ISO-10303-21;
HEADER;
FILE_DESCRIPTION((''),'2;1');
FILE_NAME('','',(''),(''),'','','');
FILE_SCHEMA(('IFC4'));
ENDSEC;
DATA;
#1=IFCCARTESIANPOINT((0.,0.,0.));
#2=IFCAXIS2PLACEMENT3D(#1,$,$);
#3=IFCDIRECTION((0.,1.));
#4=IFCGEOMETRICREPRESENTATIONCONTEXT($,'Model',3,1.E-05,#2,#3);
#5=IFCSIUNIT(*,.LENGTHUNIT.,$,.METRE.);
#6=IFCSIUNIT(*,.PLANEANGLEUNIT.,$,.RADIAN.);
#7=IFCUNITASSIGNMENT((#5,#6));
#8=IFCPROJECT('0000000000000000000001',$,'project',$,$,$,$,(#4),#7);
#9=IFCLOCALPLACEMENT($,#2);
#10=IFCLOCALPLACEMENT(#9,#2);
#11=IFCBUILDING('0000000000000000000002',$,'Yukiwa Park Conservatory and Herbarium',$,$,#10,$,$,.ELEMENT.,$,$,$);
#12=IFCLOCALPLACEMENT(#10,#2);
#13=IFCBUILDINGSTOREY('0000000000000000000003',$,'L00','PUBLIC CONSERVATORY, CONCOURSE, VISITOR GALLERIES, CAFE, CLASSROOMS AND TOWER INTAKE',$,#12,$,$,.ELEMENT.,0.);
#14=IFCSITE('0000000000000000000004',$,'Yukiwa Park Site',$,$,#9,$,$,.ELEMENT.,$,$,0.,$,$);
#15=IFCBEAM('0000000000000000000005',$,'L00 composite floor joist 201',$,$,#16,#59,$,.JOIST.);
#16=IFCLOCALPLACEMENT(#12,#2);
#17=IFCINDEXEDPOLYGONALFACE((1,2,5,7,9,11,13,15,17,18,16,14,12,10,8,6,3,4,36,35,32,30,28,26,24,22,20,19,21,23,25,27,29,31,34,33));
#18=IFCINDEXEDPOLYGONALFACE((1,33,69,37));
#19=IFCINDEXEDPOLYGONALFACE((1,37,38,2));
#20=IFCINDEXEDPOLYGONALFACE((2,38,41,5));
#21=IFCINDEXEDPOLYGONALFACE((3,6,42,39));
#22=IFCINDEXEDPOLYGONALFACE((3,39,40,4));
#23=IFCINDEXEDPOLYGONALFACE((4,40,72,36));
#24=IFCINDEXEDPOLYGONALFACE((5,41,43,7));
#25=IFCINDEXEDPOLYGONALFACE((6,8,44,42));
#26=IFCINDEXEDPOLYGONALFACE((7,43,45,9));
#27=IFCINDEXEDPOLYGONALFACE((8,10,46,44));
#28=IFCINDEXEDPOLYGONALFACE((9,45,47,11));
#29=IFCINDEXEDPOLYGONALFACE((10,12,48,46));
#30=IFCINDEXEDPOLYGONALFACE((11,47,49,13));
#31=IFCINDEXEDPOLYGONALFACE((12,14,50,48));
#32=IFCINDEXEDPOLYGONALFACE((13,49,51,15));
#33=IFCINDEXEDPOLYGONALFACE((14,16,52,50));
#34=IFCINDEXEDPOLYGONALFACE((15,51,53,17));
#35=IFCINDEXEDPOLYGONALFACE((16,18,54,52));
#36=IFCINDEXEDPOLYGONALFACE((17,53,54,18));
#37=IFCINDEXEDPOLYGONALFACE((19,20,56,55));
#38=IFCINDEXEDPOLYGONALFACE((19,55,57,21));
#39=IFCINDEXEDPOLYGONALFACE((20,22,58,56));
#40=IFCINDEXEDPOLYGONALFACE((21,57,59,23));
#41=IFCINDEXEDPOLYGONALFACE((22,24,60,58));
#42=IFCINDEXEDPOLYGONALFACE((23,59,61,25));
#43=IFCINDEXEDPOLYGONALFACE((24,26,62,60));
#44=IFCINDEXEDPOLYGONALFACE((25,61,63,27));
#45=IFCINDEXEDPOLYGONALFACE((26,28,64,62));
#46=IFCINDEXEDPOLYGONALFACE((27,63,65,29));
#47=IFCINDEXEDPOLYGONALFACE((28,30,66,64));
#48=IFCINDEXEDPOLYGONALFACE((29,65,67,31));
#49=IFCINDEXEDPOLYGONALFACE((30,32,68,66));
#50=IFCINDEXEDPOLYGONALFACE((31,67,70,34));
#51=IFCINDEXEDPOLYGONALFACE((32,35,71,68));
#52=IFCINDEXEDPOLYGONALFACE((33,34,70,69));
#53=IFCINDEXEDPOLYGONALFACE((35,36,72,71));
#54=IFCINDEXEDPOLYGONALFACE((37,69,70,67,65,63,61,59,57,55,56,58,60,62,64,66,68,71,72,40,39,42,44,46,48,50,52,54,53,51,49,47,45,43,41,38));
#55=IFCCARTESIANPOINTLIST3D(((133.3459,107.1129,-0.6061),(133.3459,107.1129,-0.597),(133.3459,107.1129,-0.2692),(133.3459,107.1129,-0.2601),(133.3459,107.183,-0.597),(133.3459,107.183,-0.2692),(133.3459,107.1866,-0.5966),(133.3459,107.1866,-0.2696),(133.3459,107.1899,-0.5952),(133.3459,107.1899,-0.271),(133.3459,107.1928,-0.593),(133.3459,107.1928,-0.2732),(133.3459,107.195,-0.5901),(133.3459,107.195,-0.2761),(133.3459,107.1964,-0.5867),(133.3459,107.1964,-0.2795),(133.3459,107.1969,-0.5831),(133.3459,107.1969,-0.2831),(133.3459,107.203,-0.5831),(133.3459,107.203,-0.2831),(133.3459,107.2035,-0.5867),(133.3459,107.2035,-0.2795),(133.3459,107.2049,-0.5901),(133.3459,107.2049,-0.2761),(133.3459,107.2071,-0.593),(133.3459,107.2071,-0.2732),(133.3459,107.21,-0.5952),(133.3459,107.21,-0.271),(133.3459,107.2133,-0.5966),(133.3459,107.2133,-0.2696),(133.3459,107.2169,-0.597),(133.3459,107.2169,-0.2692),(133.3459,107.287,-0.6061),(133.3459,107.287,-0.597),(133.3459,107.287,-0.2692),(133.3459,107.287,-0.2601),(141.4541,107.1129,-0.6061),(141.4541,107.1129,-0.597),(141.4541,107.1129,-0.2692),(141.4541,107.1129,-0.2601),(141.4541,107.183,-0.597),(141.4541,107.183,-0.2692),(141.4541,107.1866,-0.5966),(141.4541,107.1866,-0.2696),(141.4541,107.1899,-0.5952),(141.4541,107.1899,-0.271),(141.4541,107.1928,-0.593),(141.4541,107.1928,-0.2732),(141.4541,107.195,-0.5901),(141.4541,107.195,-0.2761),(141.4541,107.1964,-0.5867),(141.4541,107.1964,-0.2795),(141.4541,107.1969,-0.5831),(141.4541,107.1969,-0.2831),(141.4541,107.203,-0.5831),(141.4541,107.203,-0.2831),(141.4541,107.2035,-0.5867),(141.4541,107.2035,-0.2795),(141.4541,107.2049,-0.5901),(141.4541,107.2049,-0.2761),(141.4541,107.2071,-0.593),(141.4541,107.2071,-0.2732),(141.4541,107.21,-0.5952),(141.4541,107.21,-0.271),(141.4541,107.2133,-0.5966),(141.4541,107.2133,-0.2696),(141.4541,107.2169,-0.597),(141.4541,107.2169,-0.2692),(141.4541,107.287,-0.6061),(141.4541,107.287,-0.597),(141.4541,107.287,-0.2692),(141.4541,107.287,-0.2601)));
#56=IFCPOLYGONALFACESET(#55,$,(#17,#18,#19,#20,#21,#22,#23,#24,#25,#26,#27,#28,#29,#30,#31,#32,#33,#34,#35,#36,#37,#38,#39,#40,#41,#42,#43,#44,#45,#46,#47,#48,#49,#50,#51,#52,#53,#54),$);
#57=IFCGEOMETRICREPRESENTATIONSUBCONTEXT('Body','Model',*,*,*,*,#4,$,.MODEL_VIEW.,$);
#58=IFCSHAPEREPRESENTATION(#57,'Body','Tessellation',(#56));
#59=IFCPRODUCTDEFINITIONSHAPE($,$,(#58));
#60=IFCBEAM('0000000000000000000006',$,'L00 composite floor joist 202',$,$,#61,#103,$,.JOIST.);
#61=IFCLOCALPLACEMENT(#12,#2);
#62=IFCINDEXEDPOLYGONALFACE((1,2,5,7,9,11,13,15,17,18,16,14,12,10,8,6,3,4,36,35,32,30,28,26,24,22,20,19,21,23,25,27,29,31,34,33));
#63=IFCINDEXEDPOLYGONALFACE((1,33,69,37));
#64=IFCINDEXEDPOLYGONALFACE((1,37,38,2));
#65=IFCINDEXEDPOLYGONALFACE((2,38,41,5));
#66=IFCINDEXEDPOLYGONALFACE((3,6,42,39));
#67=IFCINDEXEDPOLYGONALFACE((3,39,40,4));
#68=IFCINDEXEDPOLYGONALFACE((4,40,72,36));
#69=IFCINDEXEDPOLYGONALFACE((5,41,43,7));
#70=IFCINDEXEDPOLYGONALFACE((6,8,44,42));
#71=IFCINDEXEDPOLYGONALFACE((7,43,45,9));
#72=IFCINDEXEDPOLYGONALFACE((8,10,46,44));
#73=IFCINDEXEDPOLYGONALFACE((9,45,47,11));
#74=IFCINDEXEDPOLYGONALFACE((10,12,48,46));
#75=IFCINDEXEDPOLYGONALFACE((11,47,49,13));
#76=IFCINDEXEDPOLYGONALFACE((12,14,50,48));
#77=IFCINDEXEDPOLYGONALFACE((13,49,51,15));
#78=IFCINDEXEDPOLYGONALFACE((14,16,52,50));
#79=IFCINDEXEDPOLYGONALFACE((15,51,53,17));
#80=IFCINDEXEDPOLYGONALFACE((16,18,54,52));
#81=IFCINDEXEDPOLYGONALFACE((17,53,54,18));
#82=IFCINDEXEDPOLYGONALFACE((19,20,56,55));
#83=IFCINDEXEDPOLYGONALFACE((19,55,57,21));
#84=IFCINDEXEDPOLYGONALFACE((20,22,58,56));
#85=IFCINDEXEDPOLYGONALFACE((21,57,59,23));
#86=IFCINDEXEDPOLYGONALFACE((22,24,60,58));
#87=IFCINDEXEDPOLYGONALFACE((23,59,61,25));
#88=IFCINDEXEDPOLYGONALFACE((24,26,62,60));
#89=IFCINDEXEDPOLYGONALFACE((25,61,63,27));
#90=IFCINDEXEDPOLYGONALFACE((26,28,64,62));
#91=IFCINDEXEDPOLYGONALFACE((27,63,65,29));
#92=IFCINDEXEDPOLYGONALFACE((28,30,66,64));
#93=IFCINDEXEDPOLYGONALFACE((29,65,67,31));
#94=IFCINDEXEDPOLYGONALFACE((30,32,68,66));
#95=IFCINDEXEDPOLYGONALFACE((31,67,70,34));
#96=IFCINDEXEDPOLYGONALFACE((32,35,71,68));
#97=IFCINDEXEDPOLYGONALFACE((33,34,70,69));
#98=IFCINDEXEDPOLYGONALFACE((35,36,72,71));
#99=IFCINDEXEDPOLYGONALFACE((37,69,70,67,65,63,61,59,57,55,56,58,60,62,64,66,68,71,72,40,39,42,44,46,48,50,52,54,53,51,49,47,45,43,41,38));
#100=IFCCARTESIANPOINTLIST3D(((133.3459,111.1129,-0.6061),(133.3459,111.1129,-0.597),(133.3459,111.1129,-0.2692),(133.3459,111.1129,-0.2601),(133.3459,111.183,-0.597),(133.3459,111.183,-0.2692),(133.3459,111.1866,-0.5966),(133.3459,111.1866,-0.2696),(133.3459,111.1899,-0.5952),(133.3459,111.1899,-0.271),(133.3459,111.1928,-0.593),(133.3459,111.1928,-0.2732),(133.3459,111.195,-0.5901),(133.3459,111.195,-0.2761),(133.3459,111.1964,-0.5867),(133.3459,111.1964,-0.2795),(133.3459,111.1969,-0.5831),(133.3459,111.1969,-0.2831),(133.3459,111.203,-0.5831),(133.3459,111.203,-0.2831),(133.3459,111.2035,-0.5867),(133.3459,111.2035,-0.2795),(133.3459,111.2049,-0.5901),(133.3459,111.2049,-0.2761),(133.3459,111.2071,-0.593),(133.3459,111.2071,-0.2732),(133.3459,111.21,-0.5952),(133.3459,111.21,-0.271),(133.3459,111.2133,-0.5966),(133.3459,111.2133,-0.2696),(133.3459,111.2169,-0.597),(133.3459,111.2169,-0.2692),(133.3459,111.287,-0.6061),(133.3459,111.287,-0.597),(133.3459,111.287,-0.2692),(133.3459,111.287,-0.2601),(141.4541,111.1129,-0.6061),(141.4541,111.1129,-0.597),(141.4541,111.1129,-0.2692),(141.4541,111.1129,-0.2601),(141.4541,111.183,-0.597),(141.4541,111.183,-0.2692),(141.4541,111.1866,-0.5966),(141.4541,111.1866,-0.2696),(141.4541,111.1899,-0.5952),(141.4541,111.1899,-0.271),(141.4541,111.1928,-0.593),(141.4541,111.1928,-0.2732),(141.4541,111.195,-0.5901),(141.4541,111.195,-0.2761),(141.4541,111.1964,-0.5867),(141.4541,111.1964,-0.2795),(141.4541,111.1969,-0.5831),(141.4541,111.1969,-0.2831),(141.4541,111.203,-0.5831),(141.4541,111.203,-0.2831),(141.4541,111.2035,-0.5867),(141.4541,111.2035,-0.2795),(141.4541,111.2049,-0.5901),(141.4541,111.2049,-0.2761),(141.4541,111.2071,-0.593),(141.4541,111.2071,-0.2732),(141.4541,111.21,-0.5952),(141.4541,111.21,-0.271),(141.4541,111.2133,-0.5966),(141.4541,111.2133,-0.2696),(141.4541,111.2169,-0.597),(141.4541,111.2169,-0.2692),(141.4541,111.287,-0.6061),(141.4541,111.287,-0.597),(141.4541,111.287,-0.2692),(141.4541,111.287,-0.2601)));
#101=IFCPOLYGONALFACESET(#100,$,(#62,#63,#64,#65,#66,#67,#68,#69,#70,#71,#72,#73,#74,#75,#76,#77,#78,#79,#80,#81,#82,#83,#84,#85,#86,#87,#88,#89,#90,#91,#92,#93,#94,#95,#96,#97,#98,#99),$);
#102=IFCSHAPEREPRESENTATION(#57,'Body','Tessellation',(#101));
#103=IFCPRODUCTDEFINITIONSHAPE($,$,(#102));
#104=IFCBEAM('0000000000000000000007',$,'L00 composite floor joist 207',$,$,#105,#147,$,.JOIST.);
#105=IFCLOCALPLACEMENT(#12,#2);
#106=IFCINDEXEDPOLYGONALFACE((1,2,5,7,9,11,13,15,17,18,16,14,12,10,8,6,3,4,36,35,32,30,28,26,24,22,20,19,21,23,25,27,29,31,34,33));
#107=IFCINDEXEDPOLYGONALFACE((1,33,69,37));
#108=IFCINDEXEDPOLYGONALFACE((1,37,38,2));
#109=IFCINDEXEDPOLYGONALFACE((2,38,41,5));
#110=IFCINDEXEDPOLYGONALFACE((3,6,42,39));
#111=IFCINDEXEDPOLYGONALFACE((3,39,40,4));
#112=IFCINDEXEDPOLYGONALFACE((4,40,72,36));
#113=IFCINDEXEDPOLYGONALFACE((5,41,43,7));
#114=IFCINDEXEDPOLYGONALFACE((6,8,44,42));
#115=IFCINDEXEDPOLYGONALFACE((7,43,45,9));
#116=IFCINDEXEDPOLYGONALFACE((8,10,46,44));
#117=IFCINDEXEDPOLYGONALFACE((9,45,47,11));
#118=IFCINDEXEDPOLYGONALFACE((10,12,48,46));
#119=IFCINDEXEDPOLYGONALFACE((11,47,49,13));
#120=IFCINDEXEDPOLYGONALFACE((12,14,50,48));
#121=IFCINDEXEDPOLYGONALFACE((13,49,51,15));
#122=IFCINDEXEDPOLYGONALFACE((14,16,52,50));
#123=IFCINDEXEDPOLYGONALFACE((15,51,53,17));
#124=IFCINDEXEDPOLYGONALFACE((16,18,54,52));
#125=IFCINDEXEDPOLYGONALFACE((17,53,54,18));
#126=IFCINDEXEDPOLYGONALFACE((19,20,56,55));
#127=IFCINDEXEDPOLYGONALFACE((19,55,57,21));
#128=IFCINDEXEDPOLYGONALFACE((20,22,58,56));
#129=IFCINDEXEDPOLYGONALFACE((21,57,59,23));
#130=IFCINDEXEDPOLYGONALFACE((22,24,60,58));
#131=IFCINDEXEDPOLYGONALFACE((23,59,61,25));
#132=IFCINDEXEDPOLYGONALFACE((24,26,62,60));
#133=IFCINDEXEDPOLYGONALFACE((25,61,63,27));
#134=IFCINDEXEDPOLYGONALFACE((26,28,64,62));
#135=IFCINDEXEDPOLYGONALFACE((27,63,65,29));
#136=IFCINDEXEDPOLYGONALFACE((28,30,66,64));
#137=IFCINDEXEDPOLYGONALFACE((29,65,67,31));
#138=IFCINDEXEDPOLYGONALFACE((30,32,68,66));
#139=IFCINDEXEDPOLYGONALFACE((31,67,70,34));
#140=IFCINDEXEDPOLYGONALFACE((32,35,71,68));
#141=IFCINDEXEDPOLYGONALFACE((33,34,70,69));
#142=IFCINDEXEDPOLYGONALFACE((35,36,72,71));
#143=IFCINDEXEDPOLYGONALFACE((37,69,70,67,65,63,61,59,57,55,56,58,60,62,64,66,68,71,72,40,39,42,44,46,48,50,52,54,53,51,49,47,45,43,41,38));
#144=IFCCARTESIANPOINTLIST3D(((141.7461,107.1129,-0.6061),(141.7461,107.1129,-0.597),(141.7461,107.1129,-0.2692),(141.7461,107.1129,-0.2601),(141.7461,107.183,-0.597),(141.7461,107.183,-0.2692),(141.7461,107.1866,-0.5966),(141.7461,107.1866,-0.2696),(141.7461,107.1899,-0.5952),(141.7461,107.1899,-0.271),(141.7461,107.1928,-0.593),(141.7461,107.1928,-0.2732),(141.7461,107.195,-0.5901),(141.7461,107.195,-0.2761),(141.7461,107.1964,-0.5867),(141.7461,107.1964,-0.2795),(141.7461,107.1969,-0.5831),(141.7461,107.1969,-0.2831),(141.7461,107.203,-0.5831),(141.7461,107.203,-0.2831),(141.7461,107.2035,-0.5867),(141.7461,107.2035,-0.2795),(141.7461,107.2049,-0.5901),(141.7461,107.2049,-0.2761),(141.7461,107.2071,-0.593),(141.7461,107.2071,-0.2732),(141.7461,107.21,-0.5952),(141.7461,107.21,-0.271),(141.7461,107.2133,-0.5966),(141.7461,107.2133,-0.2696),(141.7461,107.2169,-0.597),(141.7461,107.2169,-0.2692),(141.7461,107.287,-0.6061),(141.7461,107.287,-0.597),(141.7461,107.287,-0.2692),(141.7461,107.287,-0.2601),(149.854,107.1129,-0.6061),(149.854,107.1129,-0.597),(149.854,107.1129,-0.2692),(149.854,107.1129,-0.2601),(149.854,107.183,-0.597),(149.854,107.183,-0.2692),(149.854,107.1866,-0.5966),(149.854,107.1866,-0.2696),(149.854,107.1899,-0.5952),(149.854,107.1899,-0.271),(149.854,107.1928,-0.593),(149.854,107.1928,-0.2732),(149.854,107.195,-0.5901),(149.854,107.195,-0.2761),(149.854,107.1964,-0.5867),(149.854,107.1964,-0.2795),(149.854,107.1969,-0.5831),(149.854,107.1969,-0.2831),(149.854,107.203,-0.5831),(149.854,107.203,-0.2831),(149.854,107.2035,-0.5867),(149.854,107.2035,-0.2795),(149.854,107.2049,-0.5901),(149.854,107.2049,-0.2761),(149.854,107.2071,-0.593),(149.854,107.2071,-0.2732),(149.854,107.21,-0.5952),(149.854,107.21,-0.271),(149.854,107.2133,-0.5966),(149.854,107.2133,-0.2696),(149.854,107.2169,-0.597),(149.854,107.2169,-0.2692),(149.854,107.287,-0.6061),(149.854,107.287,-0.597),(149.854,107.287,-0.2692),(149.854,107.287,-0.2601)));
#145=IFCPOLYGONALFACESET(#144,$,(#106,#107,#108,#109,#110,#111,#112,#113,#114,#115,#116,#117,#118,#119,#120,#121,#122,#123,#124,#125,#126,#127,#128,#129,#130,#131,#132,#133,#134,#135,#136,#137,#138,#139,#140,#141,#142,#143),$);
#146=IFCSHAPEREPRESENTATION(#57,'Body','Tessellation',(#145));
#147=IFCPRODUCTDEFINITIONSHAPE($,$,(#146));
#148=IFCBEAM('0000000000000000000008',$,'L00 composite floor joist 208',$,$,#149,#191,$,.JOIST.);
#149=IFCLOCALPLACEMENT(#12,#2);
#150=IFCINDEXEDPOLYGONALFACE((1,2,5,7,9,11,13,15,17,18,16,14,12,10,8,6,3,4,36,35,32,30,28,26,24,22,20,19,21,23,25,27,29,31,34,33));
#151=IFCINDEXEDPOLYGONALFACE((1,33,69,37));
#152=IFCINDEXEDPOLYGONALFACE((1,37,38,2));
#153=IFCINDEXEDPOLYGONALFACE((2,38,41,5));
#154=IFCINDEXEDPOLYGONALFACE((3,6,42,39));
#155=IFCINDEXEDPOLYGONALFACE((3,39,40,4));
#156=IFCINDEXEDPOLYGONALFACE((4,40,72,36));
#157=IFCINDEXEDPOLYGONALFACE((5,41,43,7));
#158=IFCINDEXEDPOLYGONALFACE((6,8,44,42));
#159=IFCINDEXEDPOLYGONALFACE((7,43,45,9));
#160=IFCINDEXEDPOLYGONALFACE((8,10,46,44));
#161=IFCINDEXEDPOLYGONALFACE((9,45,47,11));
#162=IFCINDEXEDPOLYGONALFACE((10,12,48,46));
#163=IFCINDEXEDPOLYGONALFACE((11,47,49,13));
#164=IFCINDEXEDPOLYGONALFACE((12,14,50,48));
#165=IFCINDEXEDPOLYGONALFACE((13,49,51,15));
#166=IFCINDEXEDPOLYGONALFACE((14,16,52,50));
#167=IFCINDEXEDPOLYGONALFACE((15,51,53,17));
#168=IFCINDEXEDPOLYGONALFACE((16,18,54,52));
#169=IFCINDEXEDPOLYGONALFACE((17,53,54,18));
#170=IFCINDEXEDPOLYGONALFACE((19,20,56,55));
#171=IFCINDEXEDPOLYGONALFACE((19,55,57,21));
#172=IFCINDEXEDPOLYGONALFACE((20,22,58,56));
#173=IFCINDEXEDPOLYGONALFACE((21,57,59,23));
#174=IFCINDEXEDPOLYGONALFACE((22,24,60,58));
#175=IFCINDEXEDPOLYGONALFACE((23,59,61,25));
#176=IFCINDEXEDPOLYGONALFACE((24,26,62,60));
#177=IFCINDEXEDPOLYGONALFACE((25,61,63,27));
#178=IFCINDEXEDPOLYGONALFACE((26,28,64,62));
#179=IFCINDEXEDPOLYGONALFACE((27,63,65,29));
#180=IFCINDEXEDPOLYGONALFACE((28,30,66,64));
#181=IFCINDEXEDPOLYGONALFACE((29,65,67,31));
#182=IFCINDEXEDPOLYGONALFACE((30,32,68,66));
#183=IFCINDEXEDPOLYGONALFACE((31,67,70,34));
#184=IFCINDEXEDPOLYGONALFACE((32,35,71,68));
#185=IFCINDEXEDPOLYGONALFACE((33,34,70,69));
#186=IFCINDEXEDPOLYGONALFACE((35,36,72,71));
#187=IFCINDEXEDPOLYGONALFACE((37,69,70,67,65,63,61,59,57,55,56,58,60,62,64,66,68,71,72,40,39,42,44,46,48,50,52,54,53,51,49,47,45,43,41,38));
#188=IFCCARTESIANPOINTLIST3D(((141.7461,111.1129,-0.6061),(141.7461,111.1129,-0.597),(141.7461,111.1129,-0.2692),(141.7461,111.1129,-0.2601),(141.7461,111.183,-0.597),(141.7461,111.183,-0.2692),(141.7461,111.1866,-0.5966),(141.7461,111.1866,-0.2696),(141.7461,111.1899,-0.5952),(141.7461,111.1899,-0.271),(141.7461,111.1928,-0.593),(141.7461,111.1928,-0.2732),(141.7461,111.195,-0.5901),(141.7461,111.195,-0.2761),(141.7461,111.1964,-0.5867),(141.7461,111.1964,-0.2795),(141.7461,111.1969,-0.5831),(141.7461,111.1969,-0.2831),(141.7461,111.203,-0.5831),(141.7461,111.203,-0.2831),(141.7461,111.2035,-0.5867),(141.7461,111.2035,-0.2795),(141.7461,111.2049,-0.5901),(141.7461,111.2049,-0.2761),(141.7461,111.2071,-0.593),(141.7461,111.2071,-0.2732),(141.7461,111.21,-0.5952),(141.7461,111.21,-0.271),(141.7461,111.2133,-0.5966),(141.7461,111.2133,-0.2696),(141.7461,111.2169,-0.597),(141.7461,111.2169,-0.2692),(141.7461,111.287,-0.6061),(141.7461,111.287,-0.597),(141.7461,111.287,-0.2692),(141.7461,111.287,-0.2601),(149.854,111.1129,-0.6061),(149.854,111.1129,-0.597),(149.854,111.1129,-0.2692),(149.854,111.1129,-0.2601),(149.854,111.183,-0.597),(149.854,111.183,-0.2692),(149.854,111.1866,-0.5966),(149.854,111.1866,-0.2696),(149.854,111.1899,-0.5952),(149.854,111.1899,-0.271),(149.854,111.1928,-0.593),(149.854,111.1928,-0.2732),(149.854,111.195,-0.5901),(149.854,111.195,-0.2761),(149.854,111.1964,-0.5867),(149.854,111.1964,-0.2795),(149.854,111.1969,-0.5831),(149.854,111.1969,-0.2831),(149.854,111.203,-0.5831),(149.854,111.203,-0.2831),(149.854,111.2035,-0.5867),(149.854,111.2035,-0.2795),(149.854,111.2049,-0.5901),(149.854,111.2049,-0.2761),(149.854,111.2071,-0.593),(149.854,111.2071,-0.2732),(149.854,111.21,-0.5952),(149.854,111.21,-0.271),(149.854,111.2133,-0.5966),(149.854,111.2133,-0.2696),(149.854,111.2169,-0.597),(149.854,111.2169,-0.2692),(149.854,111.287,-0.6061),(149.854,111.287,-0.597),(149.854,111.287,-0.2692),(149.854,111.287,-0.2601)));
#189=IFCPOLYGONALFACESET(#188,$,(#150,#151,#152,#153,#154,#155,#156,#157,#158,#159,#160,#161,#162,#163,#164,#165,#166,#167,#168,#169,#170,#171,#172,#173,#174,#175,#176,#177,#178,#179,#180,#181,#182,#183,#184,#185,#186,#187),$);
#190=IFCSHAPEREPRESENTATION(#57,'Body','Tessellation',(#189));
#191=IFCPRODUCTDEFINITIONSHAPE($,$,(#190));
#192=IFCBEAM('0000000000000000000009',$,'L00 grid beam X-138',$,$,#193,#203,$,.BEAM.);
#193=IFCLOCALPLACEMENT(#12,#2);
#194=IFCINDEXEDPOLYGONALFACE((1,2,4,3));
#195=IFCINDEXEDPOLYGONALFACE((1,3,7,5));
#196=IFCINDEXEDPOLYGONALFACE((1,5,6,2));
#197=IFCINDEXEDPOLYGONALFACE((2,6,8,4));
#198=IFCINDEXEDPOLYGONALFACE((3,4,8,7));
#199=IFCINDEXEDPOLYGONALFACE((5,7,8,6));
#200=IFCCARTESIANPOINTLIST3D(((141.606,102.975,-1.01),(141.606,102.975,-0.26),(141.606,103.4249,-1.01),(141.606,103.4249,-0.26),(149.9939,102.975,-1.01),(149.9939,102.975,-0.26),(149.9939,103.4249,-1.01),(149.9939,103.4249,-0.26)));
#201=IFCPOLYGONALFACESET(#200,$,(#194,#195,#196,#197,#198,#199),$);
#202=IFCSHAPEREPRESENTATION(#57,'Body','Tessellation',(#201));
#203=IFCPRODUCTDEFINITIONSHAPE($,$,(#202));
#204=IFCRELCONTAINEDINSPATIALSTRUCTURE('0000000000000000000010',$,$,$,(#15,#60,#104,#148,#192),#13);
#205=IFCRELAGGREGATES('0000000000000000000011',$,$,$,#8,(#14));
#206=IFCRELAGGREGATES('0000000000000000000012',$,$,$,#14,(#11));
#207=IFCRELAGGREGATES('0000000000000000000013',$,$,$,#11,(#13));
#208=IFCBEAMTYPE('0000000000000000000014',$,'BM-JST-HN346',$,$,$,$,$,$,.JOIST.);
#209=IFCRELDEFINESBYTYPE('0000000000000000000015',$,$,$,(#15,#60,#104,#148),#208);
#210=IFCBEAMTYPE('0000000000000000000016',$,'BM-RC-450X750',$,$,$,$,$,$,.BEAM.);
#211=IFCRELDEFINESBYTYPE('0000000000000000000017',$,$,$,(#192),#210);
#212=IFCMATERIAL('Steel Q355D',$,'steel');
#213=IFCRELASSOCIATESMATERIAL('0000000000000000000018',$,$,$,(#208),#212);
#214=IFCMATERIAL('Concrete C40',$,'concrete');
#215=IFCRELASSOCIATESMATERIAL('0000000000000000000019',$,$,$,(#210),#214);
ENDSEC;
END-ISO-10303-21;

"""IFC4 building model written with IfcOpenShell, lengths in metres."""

from ifc_helpers import new_model, si_unit, direction, frame, origin, origin_2d, place, context, subcontext, project, spatial, rectangle, i_section, extrude, material, material_profile, profile_set, type_object, element, save


model = new_model("IFC4")

# Units and contexts
model_context = context("Model", 3, precision=1e-05, world=origin(), true_north=direction((0.0, 1.0)))
body_context = subcontext(model_context, "Body", "Model", "MODEL_VIEW")
ifc_project = project(units=[si_unit("LENGTHUNIT", "METRE"), si_unit("PLANEANGLEUNIT", "RADIAN")], contexts=[model_context])

# Site, building, storey
site_placement = place(None, origin())
site = spatial("IfcSite", under=ifc_project, at=site_placement, Name="Yukiwa Park Site", CompositionType="ELEMENT", RefElevation=0.0)
building_placement = place(site_placement, origin())
building = spatial("IfcBuilding", under=site, at=building_placement, Name="Yukiwa Park Conservatory and Herbarium", CompositionType="ELEMENT")
storey_placement = place(building_placement, origin())
storey = spatial("IfcBuildingStorey", under=building, at=storey_placement, Name="L00", Description="PUBLIC CONSERVATORY, CONCOURSE, VISITOR GALLERIES, CAFE, CLASSROOMS AND TOWER INTAKE", CompositionType="ELEMENT", Elevation=0.0)

# Beams
ifc_material_1 = material(Name="Steel Q355D", Category="steel")
ifc_material_profile_1 = material_profile(ifc_material_1, i_section(OverallWidth=0.1741, OverallDepth=0.3459, WebThickness=0.0061, FlangeThickness=0.009, FilletRadius=0.0139, at=origin_2d()), Name="HN 346x174x6x9")
ifc_profile_set_1 = profile_set([ifc_material_profile_1], Name="Steel Q355D")
beam_type_1 = type_object("IfcBeamType", Name="BM-JST-HN346", PredefinedType="JOIST", material=ifc_profile_set_1)
for number, where, z_axis, x_axis, name in (
    (1, (133.3459, 107.2, -0.4331), (1.0, 0.0, 0.0), (0.0, 1.0, 0.0), "L00 composite floor joist 201"),
    (2, (133.3459, 111.2, -0.4331), (1.0, 0.0, 0.0), (0.0, 1.0, 0.0), "L00 composite floor joist 202"),
):
    element("IfcBeam", number, at=place(storey_placement, frame(where, z_axis=z_axis, x_axis=x_axis)), inside=storey, type_object=beam_type_1, Name=name, PredefinedType="JOIST", context=body_context, shape_type="SweptSolid", body=[
        extrude(i_section(OverallWidth=0.1741, OverallDepth=0.3459, WebThickness=0.0061, FlangeThickness=0.009, FilletRadius=0.0139, at=origin_2d()), origin(), (0.0, 0.0, 1.0), 8.1082),
    ])
for number, where, z_axis, x_axis, name in (
    (3, (141.7461, 107.2, -0.4331), (1.0, 0.0, 0.0), (0.0, 1.0, 0.0), "L00 composite floor joist 207"),
    (4, (141.7461, 111.2, -0.4331), (1.0, 0.0, 0.0), (0.0, 1.0, 0.0), "L00 composite floor joist 208"),
):
    element("IfcBeam", number, at=place(storey_placement, frame(where, z_axis=z_axis, x_axis=x_axis)), inside=storey, type_object=beam_type_1, Name=name, PredefinedType="JOIST", context=body_context, shape_type="SweptSolid", body=[
        extrude(i_section(OverallWidth=0.1741, OverallDepth=0.3459, WebThickness=0.0061, FlangeThickness=0.009, FilletRadius=0.0139, at=origin_2d()), origin(), (0.0, 0.0, 1.0), 8.1079),
    ])
ifc_material_2 = material(Name="Concrete C40", Category="concrete")
ifc_material_profile_2 = material_profile(ifc_material_2, rectangle(XDim=0.45, YDim=0.75, at=origin_2d()), Name="RC 450x750")
ifc_profile_set_2 = profile_set([ifc_material_profile_2], Name="Concrete C40")
beam_type_2 = type_object("IfcBeamType", Name="BM-RC-450X750", PredefinedType="BEAM", material=ifc_profile_set_2)
for number, where, z_axis, x_axis, name in (
    (5, (141.606, 103.2, -0.635), (1.0, 0.0, 0.0), (0.0, 1.0, 0.0), "L00 grid beam X-138"),
):
    element("IfcBeam", number, at=place(storey_placement, frame(where, z_axis=z_axis, x_axis=x_axis)), inside=storey, type_object=beam_type_2, Name=name, PredefinedType="BEAM", context=body_context, shape_type="SweptSolid", body=[
        extrude(rectangle(XDim=0.45, YDim=0.75, at=origin_2d()), origin(), (0.0, 0.0, 1.0), 8.3879),
    ])

save(model, "model.ifc")
